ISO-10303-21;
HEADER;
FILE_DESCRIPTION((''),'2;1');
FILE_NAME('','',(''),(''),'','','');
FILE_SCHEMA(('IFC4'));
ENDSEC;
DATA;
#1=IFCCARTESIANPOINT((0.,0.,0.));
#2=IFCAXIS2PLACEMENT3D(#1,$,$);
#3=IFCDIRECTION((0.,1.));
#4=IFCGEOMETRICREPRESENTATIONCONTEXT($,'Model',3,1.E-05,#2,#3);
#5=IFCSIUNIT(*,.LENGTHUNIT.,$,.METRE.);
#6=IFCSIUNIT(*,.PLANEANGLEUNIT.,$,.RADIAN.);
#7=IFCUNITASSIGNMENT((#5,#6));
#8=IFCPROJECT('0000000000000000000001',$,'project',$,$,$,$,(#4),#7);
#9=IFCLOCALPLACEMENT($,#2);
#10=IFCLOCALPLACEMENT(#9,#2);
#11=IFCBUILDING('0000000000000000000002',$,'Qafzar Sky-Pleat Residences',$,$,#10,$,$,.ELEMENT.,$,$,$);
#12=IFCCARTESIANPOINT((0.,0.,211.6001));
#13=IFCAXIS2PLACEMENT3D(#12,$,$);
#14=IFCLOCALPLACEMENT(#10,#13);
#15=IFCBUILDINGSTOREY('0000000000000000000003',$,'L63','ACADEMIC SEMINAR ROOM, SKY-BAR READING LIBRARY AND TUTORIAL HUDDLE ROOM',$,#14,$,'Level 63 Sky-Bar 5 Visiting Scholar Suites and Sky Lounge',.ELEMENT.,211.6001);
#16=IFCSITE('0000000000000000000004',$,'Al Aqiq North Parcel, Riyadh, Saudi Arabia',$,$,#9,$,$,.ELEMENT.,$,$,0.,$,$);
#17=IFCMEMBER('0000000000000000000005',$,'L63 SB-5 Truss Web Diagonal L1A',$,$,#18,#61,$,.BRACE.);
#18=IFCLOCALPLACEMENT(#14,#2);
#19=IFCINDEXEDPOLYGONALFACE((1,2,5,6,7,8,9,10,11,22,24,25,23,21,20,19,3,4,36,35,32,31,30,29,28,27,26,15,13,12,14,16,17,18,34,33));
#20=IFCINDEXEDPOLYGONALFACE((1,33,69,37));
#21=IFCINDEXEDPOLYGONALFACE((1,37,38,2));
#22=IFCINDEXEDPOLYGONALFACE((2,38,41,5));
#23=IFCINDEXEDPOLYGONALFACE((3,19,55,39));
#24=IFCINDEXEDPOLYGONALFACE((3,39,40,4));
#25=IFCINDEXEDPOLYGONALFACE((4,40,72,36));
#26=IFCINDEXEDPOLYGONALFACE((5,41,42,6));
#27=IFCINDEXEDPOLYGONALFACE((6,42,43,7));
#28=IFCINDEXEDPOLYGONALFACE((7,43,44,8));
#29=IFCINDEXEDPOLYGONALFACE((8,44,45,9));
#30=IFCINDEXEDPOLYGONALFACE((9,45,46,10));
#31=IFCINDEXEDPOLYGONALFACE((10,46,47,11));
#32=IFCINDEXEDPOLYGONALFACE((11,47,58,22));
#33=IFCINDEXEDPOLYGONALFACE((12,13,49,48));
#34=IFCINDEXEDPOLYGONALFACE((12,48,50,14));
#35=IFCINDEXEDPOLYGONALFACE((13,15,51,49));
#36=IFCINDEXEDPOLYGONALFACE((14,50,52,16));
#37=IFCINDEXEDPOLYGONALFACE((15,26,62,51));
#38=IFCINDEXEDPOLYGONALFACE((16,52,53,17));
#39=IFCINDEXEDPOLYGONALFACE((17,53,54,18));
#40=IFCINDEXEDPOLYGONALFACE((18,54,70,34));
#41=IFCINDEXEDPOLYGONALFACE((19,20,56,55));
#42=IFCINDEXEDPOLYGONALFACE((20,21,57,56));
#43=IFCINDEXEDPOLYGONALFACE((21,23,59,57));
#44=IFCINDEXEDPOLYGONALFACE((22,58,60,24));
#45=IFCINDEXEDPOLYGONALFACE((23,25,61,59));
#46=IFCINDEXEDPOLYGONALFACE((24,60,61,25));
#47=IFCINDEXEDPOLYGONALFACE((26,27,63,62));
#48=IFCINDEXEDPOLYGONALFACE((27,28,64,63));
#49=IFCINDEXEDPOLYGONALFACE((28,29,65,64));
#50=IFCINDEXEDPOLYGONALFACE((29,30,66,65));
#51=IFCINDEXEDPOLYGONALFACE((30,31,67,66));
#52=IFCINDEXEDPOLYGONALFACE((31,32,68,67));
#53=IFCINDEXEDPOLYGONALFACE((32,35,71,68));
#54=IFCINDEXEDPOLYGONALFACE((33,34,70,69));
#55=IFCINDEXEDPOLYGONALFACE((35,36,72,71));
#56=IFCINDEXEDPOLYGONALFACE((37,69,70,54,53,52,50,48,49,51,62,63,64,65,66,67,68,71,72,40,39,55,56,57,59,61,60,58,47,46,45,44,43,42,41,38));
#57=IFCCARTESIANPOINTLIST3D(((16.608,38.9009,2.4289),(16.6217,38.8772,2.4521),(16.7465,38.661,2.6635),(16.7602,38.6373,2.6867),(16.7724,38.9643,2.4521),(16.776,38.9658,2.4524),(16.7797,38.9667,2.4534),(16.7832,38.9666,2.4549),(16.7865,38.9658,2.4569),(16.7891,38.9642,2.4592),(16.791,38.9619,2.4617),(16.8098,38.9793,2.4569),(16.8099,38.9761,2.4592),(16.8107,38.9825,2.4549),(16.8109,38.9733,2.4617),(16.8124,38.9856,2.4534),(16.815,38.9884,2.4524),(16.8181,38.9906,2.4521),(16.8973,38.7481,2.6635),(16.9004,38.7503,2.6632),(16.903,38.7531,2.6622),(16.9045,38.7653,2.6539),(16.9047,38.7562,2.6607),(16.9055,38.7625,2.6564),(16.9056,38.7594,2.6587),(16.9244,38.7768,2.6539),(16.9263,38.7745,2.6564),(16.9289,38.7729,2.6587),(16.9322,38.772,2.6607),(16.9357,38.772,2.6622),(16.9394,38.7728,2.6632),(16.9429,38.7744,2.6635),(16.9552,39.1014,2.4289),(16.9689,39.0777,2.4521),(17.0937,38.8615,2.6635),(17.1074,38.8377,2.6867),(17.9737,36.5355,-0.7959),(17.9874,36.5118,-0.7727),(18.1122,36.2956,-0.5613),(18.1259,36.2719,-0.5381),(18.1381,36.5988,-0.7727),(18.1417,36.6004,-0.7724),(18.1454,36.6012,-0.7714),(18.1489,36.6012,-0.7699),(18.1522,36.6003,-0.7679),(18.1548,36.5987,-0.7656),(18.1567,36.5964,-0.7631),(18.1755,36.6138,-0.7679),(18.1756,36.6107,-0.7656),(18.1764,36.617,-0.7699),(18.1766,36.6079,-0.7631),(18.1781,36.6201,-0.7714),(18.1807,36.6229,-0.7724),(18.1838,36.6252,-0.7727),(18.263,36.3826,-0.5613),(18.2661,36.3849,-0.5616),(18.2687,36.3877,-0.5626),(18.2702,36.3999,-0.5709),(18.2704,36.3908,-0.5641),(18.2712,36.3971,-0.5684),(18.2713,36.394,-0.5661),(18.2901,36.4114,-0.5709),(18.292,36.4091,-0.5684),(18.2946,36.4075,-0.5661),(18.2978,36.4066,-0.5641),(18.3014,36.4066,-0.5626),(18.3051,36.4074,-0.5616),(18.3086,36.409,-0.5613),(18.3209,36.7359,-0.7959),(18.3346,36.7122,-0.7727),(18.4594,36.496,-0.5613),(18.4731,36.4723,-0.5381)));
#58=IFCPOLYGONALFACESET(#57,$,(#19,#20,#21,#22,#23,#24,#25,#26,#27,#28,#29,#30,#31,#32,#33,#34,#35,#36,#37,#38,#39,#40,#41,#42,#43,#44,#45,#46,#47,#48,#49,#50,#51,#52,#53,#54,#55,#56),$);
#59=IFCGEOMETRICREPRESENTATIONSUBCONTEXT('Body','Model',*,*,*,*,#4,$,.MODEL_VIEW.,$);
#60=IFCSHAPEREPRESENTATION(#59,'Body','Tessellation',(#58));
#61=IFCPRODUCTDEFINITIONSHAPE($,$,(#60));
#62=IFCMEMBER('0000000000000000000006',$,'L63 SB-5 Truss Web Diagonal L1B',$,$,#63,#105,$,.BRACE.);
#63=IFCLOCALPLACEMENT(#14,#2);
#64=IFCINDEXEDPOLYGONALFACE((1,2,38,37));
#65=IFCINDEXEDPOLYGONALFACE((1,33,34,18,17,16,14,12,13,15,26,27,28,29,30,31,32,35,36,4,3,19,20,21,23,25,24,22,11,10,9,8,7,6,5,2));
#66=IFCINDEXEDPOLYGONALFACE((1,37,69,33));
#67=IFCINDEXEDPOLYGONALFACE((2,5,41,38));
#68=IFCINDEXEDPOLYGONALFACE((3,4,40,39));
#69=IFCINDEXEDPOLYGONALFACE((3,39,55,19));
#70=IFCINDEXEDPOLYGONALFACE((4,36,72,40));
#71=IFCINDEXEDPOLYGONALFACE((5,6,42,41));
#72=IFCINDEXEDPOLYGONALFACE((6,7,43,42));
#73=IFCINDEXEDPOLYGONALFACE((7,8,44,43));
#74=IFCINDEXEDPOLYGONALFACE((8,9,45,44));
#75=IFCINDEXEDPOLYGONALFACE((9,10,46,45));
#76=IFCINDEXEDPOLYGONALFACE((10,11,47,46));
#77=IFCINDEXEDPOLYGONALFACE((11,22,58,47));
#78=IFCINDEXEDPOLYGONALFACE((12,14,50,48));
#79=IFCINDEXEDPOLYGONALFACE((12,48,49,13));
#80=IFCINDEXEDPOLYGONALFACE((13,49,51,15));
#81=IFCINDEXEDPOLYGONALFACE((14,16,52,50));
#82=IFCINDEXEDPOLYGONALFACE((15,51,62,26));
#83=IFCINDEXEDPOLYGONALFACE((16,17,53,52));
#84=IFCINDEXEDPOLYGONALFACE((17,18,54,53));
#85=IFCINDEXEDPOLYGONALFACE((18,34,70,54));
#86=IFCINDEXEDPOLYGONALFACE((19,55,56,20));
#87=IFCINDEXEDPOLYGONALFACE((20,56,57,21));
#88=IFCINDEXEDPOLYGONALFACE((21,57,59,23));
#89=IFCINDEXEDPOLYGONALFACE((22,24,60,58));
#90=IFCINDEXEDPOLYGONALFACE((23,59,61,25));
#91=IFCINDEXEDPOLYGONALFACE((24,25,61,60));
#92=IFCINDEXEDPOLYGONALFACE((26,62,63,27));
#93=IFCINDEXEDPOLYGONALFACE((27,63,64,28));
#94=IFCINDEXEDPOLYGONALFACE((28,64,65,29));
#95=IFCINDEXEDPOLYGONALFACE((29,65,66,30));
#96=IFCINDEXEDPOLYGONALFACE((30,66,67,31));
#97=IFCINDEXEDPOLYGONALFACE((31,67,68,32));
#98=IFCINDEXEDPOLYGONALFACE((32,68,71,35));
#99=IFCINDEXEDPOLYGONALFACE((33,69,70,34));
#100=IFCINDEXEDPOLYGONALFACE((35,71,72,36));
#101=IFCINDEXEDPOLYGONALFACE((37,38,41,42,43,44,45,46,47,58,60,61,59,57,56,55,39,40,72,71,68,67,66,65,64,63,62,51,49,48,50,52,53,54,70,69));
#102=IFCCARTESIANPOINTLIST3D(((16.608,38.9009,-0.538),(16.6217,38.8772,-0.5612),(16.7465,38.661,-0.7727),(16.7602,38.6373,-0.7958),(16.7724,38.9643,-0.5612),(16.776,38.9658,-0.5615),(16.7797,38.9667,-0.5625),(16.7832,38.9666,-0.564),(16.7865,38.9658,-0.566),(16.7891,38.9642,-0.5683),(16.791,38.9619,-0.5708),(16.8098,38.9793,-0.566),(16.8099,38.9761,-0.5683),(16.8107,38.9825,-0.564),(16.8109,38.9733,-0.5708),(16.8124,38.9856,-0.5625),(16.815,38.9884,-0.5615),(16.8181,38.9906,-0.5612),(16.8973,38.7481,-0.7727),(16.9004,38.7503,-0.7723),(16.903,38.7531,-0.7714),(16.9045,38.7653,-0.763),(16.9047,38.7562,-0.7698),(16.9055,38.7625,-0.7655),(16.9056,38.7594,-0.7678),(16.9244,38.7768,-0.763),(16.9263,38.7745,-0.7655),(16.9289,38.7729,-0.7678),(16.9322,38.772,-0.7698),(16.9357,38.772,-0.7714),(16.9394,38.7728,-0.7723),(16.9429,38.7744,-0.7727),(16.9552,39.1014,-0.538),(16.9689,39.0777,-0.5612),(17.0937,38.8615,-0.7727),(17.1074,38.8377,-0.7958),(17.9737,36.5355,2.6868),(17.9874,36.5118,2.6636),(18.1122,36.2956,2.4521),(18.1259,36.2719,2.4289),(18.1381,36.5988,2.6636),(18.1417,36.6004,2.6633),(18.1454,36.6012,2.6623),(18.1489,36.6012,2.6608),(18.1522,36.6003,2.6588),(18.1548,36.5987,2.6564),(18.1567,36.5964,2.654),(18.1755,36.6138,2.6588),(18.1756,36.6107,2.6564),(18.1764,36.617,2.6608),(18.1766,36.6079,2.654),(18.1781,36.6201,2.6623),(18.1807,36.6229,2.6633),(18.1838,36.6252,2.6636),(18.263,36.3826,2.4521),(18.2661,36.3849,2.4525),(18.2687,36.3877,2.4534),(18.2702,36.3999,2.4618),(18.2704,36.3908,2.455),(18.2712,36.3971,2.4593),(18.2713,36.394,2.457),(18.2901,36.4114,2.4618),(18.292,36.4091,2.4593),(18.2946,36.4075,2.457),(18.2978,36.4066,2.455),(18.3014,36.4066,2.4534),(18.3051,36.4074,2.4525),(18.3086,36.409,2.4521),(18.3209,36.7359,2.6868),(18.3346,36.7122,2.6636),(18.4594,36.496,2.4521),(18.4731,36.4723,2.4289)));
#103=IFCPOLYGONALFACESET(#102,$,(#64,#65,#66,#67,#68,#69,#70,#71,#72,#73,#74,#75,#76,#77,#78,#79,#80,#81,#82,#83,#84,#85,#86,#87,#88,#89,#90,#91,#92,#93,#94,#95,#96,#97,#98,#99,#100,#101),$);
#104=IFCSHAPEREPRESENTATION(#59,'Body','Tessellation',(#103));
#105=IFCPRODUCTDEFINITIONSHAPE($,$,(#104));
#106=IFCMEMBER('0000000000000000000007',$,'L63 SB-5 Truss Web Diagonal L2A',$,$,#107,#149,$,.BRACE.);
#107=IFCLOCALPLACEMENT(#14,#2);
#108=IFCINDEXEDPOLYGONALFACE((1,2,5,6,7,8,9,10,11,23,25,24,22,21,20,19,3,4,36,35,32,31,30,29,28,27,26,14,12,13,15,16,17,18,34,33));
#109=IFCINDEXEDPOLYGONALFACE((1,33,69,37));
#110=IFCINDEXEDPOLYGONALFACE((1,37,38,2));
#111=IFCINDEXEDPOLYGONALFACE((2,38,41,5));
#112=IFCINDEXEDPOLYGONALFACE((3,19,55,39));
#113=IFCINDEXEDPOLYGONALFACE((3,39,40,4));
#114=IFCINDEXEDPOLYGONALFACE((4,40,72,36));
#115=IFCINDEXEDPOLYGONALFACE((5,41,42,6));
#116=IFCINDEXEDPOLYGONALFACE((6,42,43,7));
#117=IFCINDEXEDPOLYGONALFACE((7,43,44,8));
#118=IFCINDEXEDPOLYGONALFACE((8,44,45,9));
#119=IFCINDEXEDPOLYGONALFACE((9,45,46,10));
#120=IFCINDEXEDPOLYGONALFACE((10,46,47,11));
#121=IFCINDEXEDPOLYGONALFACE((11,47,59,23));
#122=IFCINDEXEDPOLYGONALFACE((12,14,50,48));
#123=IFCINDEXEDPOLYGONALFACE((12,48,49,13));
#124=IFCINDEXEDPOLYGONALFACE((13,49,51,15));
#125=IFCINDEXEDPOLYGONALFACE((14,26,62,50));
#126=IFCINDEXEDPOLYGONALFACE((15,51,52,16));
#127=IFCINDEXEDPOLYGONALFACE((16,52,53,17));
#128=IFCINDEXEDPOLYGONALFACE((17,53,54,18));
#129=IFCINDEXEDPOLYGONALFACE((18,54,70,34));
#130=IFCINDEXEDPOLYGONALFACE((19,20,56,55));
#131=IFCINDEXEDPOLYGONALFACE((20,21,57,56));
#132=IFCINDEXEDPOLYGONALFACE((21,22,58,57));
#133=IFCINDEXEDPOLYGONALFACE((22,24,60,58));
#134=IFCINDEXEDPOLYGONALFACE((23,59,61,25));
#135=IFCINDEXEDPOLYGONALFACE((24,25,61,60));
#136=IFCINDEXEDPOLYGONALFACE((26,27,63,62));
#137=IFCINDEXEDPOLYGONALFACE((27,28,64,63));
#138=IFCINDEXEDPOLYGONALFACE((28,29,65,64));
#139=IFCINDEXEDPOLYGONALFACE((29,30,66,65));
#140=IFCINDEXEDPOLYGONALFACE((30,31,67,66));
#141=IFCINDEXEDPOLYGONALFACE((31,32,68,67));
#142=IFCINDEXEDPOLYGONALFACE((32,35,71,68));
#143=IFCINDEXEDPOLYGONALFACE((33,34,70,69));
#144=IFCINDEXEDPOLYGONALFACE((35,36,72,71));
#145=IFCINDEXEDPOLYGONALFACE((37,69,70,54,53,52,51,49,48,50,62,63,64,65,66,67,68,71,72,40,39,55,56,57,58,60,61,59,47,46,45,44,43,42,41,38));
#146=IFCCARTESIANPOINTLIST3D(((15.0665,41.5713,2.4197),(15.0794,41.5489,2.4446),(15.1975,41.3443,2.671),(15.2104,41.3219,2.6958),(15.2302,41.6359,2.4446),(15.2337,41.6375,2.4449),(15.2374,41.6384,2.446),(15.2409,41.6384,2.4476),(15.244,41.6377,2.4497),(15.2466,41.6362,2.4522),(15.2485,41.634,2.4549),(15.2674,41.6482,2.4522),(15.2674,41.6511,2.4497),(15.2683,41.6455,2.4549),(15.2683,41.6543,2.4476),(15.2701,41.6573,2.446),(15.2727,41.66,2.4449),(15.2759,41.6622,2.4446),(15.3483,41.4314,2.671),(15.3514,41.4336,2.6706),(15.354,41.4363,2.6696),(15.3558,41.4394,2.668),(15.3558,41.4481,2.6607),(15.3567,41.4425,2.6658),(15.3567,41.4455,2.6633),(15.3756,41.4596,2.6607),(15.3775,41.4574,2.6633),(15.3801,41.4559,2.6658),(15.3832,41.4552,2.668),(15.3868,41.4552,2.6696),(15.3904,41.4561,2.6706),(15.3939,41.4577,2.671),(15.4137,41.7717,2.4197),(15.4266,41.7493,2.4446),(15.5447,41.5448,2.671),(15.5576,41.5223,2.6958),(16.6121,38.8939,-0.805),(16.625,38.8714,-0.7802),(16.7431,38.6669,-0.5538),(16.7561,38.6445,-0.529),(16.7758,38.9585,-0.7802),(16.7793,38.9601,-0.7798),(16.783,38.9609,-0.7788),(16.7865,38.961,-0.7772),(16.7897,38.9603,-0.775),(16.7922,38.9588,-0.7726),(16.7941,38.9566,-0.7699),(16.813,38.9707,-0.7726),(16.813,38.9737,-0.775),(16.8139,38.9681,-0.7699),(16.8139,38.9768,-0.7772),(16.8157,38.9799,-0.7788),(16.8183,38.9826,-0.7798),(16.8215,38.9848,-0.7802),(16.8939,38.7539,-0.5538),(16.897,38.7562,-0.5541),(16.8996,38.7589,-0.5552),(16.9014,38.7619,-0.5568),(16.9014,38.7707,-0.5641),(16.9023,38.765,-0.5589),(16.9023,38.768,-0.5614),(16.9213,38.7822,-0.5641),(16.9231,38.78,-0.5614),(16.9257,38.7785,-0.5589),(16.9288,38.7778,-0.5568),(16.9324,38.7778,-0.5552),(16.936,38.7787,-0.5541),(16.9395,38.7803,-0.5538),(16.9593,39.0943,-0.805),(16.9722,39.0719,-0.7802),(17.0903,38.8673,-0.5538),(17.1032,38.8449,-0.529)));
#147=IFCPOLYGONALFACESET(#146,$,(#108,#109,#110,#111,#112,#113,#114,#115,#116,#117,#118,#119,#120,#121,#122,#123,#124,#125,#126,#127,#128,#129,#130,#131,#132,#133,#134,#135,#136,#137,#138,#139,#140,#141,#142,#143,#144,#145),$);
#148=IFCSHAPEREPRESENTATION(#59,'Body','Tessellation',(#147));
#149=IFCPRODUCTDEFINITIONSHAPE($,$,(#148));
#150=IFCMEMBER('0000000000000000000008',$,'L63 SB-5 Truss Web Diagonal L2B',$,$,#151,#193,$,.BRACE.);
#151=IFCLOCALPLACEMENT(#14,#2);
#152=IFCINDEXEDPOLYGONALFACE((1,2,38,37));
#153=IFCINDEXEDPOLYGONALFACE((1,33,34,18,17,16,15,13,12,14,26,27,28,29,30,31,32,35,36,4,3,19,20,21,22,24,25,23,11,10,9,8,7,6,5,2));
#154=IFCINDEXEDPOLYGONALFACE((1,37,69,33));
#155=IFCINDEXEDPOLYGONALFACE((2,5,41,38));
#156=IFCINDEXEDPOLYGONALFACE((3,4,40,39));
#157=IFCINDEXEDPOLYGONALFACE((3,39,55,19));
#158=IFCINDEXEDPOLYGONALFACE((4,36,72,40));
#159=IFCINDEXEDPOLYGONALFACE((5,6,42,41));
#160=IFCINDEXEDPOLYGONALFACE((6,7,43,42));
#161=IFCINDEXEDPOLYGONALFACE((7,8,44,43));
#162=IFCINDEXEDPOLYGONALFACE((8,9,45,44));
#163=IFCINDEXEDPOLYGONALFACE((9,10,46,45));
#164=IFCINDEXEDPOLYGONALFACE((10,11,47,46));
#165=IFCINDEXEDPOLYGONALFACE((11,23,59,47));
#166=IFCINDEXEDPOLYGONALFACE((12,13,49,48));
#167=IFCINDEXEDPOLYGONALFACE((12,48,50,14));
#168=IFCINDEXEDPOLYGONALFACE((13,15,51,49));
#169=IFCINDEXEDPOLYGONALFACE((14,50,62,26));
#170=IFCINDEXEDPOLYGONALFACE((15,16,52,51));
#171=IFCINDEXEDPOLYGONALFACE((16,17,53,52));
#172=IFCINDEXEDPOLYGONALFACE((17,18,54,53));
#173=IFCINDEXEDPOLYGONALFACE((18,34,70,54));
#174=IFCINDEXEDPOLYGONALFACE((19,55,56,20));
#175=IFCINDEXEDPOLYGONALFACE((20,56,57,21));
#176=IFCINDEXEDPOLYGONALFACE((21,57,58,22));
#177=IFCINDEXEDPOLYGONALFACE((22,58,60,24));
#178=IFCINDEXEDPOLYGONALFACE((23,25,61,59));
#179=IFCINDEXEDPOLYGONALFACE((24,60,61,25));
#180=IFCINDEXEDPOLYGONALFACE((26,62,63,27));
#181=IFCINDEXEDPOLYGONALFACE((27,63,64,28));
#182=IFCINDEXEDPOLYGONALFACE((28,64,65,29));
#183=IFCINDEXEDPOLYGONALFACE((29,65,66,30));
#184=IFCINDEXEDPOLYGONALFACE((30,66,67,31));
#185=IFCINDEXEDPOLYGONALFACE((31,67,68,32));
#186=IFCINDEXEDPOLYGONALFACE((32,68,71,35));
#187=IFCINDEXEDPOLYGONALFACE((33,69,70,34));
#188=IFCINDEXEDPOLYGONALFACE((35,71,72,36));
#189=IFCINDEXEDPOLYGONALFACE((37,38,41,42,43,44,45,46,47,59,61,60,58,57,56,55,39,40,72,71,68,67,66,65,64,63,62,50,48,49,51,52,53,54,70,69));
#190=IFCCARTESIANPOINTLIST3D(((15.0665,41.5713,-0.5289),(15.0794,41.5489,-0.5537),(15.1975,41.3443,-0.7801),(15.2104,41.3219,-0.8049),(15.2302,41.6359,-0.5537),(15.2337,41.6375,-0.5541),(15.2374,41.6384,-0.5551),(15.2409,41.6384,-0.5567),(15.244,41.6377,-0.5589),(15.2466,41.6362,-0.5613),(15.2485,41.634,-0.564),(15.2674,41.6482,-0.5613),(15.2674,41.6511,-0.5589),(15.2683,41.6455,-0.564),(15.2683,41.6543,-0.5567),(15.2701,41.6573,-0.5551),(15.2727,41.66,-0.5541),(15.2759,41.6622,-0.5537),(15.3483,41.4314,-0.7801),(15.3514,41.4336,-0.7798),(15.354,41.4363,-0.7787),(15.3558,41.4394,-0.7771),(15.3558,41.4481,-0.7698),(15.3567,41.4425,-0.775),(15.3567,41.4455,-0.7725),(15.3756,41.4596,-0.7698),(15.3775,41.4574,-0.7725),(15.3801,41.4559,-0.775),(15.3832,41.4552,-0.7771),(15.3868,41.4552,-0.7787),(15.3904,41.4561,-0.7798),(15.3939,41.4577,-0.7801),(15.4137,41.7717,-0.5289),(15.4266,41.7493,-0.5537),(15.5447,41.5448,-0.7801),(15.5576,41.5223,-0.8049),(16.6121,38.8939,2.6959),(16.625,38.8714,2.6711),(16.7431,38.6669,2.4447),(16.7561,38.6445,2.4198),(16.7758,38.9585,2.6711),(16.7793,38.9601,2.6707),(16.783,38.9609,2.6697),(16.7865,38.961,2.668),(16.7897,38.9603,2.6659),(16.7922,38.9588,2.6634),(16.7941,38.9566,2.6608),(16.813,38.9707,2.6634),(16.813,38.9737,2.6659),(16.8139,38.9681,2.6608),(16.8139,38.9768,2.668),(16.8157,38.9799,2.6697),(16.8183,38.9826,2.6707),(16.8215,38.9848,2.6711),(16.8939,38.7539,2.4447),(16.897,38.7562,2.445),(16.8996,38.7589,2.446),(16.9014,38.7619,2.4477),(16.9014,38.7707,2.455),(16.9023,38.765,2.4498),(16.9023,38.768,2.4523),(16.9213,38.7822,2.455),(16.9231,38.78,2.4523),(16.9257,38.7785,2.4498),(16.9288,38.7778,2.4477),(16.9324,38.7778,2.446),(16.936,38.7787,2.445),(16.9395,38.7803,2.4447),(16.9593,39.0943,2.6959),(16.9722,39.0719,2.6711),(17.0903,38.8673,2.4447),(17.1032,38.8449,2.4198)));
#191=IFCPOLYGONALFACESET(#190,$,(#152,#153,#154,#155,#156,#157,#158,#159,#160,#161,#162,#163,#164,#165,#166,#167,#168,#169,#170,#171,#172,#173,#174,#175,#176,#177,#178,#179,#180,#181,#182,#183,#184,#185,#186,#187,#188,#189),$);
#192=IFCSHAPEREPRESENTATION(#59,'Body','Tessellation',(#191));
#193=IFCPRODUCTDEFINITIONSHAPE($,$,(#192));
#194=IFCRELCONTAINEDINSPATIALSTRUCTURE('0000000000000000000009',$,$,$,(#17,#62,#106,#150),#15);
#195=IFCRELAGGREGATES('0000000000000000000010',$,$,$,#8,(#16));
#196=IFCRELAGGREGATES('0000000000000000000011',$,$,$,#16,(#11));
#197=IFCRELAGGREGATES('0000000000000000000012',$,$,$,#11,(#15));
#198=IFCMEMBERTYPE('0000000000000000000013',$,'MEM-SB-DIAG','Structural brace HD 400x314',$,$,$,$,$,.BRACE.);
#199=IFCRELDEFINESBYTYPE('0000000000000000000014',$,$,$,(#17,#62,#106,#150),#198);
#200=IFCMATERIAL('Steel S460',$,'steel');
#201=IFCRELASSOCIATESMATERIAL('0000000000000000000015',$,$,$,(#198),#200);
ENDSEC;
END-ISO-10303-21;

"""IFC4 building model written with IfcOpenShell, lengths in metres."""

from ifc_helpers import new_model, si_unit, direction, frame, origin, origin_2d, place, context, subcontext, project, spatial, i_section, extrude, source, transform, mapped, material, material_profile, profile_set, type_object, element, save


model = new_model("IFC4")

# Units and contexts
model_context = context("Model", 3, precision=1e-05, world=origin(), true_north=direction((0.0, 1.0)))
body_context = subcontext(model_context, "Body", "Model", "MODEL_VIEW")
ifc_project = project(units=[si_unit("LENGTHUNIT", "METRE"), si_unit("PLANEANGLEUNIT", "RADIAN")], contexts=[model_context])

# Site, building, storey
site_placement = place(None, origin())
site = spatial("IfcSite", under=ifc_project, at=site_placement, Name="Al Aqiq North Parcel, Riyadh, Saudi Arabia", CompositionType="ELEMENT", RefElevation=0.0)
building_placement = place(site_placement, origin())
building = spatial("IfcBuilding", under=site, at=building_placement, Name="Qafzar Sky-Pleat Residences", CompositionType="ELEMENT")
storey_placement = place(building_placement, frame((0.0, 0.0, 211.6001)))
storey = spatial("IfcBuildingStorey", under=building, at=storey_placement, Name="L63", Description="ACADEMIC SEMINAR ROOM, SKY-BAR READING LIBRARY AND TUTORIAL HUDDLE ROOM", LongName="Level 63 Sky-Bar 5 Visiting Scholar Suites and Sky Lounge", CompositionType="ELEMENT", Elevation=211.6001)

# Shared definitions
ifc_material_1 = material(Name="Steel S460", Category="steel")

# Members
ifc_material_profile_1 = material_profile(ifc_material_1, i_section(OverallWidth=0.4009, OverallDepth=0.3989, WebThickness=0.0229, FlangeThickness=0.0359, FilletRadius=0.0149, at=origin_2d()), Name="HD 400x314")
ifc_profile_set_1 = profile_set([ifc_material_profile_1], Name="Steel S460")
member_type = type_object("IfcMemberType", Name="MEM-SB-DIAG", Description="Structural brace HD 400x314", PredefinedType="BRACE", material=ifc_profile_set_1)
shared_shape_1 = source(origin(), body_context, "Body", "SweptSolid", [
    extrude(i_section(OverallWidth=0.4009, OverallDepth=0.3989, WebThickness=0.0229, FlangeThickness=0.0359, FilletRadius=0.0149, at=origin_2d()), origin(), (0.0, 0.0, 1.0), 4.2261),
])
for number, where, z_axis, x_axis, name in (
    (1, (18.2234, 36.5039, -0.667), (-0.32316, 0.559724, 0.763071), (-0.866023, -0.500004, 0.0), "L63 SB-5 Truss Web Diagonal L1A"),
    (2, (18.2234, 36.5039, 2.5579), (-0.32316, 0.559724, -0.763071), (-0.866023, -0.500004, 0.0), "L63 SB-5 Truss Web Diagonal L1B"),
):
    element("IfcMember", number, at=place(storey_placement, frame(where, z_axis=z_axis, x_axis=x_axis)), inside=storey, type_object=member_type, Name=name, PredefinedType="BRACE", context=body_context, shape_type="MappedRepresentation", body=[
        mapped(shared_shape_1, transform((0.0, 0.0, 0.0), x_axis=(1.0, 0.0, 0.0), y_axis=(0.0, 1.0, 0.0), z_axis=(0.0, 0.0, 1.0), scale=1.0)),
    ])
shared_shape_2 = source(origin(), body_context, "Body", "SweptSolid", [
    extrude(i_section(OverallWidth=0.4009, OverallDepth=0.3989, WebThickness=0.0229, FlangeThickness=0.0359, FilletRadius=0.0149, at=origin_2d()), origin(), (0.0, 0.0, 1.0), 4.4673),
])
for number, where, z_axis, x_axis, name in (
    (3, (16.8577, 38.8694, -0.667), (-0.345985, 0.599339, 0.721863), (-0.866053, -0.499953, 0.0), "L63 SB-5 Truss Web Diagonal L2A"),
    (4, (16.8577, 38.8694, 2.5579), (-0.345985, 0.599339, -0.721863), (-0.866053, -0.499953, 0.0), "L63 SB-5 Truss Web Diagonal L2B"),
):
    element("IfcMember", number, at=place(storey_placement, frame(where, z_axis=z_axis, x_axis=x_axis)), inside=storey, type_object=member_type, Name=name, PredefinedType="BRACE", context=body_context, shape_type="MappedRepresentation", body=[
        mapped(shared_shape_2, transform((0.0, 0.0, 0.0), x_axis=(1.0, 0.0, 0.0), y_axis=(0.0, 1.0, 0.0), z_axis=(0.0, 0.0, 1.0), scale=1.0)),
    ])

save(model, "model.ifc")
